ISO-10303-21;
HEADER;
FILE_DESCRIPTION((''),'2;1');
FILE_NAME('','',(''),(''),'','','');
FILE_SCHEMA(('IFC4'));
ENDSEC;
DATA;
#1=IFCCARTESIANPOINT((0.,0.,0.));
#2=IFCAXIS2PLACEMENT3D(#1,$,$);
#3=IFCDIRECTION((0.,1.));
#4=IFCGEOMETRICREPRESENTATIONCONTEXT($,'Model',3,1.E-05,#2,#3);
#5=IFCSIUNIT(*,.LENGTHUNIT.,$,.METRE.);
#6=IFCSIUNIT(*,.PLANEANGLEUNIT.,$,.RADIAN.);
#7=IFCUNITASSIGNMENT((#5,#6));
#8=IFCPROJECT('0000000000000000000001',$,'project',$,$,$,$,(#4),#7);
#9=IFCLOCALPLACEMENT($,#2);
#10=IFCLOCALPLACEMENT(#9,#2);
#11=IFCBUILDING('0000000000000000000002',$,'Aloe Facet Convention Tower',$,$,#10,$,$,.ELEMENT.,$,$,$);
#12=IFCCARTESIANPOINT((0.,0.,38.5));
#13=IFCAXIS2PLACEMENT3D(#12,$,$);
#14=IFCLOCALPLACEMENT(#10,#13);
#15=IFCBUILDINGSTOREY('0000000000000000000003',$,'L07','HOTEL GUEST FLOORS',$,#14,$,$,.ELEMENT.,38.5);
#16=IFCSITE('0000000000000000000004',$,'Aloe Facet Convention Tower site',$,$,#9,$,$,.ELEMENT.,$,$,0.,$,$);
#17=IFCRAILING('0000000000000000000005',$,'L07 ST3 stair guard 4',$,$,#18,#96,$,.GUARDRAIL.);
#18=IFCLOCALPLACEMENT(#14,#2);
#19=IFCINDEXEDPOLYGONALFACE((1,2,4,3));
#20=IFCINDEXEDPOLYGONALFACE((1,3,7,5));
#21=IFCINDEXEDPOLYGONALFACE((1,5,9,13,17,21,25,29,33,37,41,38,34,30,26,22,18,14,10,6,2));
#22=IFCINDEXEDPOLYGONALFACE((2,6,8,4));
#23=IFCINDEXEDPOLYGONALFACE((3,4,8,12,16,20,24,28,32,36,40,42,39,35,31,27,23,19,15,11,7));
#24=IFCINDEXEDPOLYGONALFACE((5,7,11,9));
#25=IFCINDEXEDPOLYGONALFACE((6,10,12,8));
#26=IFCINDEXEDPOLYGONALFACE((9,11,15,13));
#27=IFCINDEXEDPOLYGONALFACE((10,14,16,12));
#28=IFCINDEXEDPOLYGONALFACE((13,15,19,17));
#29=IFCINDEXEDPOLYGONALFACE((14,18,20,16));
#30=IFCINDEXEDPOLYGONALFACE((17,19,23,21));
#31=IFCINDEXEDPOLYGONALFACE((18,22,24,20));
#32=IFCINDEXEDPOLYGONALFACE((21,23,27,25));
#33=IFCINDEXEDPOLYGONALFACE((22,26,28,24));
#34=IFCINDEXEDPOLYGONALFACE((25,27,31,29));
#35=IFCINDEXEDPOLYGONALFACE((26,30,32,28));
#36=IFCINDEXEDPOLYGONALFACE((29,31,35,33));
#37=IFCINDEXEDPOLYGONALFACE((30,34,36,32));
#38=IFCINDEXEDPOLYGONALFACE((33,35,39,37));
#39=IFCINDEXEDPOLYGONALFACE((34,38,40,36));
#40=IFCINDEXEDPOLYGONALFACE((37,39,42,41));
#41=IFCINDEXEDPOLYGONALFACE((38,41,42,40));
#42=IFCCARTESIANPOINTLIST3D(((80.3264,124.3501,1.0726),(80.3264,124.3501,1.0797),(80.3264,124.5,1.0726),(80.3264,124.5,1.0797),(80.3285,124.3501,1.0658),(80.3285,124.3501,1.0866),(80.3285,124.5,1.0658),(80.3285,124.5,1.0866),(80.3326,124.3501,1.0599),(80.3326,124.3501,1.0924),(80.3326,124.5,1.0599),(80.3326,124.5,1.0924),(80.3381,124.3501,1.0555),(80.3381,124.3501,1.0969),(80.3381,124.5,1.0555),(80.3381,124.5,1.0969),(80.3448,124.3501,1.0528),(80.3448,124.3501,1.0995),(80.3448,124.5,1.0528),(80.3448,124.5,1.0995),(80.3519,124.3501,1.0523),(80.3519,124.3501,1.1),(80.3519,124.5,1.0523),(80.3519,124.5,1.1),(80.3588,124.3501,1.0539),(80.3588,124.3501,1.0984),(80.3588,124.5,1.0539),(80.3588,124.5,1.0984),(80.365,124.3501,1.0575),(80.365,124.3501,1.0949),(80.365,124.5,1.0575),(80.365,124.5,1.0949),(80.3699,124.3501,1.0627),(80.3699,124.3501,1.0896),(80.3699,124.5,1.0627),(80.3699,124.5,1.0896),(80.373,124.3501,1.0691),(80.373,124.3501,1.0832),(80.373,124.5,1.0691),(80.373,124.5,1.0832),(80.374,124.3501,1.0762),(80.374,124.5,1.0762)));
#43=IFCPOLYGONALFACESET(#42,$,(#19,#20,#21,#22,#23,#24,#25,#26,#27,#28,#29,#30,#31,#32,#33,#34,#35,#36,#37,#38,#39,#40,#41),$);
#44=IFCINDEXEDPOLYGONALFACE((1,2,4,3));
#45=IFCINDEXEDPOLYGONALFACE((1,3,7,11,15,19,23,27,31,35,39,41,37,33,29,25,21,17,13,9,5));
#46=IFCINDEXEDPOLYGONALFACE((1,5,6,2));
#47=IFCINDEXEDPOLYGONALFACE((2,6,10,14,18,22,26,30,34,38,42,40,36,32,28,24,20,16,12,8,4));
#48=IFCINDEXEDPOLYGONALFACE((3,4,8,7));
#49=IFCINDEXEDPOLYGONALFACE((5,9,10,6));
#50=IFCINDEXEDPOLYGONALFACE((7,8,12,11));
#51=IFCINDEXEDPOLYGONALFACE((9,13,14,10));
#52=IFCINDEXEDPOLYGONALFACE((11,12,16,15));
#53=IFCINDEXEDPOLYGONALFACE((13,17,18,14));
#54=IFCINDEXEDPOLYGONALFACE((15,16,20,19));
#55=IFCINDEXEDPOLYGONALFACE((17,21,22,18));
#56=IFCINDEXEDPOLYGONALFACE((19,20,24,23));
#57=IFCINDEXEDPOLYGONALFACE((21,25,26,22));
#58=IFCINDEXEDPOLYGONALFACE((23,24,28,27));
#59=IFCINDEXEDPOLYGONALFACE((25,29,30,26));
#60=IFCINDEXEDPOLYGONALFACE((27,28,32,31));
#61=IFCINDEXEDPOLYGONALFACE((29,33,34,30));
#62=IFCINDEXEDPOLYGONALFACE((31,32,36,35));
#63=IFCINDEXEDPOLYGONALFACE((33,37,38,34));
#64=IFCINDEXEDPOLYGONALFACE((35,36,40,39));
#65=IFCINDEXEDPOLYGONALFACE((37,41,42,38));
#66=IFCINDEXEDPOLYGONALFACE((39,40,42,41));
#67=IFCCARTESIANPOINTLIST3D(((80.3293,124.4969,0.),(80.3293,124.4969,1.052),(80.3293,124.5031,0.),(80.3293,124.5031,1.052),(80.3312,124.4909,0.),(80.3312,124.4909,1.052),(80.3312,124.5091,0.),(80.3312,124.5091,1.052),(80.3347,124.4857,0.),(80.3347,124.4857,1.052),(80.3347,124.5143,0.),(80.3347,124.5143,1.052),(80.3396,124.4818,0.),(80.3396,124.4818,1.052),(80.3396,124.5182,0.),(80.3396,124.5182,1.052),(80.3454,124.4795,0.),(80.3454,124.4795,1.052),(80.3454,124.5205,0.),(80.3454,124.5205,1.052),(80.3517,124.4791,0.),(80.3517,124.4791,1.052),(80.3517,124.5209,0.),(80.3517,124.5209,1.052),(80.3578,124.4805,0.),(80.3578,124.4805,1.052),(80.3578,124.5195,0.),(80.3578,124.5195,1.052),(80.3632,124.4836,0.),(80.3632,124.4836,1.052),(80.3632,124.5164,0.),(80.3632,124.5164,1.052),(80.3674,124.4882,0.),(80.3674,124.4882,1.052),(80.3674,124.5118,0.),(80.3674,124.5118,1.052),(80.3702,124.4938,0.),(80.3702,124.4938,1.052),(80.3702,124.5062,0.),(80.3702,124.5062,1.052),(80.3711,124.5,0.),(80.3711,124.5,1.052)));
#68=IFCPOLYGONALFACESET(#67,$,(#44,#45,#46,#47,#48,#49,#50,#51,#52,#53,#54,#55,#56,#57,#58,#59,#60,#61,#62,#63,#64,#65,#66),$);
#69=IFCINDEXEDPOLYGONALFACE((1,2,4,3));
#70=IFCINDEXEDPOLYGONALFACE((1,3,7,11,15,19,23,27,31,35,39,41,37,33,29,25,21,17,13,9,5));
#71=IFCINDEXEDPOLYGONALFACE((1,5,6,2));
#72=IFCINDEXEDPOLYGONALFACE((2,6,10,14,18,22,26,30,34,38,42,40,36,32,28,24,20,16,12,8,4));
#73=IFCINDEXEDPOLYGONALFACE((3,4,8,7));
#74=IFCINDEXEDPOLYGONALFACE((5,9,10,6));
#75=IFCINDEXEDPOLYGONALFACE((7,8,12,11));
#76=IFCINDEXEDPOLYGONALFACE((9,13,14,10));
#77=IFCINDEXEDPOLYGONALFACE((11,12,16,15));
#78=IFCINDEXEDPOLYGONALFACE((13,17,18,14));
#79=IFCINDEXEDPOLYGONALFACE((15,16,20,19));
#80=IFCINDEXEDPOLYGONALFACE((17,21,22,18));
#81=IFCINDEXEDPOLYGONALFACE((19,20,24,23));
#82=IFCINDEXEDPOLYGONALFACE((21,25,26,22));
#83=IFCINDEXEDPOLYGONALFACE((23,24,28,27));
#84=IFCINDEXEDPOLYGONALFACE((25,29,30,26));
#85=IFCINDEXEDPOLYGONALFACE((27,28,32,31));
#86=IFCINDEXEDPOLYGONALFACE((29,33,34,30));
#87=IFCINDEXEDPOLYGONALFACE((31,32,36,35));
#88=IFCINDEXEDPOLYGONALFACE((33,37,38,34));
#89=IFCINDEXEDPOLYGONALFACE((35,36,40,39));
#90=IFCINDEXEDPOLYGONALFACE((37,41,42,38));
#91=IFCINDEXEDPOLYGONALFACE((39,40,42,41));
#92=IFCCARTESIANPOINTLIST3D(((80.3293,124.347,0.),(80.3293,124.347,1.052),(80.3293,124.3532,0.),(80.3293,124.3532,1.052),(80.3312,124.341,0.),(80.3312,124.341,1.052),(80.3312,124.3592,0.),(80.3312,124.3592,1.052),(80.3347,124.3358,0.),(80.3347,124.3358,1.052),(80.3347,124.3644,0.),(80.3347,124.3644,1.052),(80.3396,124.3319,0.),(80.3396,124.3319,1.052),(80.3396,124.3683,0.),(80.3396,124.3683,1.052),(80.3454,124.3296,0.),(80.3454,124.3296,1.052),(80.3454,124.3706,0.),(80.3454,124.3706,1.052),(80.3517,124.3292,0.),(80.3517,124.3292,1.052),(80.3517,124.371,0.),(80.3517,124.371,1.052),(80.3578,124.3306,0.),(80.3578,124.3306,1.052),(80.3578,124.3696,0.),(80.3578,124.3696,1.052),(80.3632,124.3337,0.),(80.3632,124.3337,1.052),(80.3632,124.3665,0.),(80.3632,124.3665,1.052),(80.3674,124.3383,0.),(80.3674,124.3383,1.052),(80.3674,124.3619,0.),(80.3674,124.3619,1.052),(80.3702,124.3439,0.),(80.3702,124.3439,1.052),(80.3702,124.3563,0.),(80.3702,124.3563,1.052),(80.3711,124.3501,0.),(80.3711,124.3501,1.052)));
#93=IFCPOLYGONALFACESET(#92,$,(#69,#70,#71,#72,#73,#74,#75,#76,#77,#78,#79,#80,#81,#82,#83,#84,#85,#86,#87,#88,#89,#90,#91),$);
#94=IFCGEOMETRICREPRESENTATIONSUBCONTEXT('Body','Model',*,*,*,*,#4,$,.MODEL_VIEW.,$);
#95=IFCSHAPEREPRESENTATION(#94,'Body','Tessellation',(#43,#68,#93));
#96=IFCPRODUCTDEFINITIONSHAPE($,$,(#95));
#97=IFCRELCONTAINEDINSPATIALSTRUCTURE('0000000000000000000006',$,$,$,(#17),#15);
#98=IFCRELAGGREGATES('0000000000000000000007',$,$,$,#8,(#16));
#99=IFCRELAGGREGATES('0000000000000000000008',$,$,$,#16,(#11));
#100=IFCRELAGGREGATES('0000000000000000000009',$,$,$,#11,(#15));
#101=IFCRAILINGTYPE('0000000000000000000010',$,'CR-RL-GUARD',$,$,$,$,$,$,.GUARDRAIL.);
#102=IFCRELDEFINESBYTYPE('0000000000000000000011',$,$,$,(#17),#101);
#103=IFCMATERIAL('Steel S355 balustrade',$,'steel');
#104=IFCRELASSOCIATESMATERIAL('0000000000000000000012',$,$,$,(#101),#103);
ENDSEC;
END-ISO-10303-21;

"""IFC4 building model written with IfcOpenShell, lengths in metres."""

from ifc_helpers import new_model, si_unit, direction, frame, origin, origin_2d, place, context, subcontext, project, spatial, circle, extrude, material, type_object, element, save


model = new_model("IFC4")

# Units and contexts
model_context = context("Model", 3, precision=1e-05, world=origin(), true_north=direction((0.0, 1.0)))
body_context = subcontext(model_context, "Body", "Model", "MODEL_VIEW")
ifc_project = project(units=[si_unit("LENGTHUNIT", "METRE"), si_unit("PLANEANGLEUNIT", "RADIAN")], contexts=[model_context])

# Site, building, storey
site_placement = place(None, origin())
site = spatial("IfcSite", under=ifc_project, at=site_placement, Name="Aloe Facet Convention Tower site", CompositionType="ELEMENT", RefElevation=0.0)
building_placement = place(site_placement, origin())
building = spatial("IfcBuilding", under=site, at=building_placement, Name="Aloe Facet Convention Tower", CompositionType="ELEMENT")
storey_placement = place(building_placement, frame((0.0, 0.0, 38.5)))
storey = spatial("IfcBuildingStorey", under=building, at=storey_placement, Name="L07", Description="HOTEL GUEST FLOORS", CompositionType="ELEMENT", Elevation=38.5)

# Railing
ifc_material_1 = material(Name="Steel S355 balustrade", Category="steel")
railing_type_1 = type_object("IfcRailingType", Name="CR-RL-GUARD", PredefinedType="GUARDRAIL", material=ifc_material_1)
railing_1_placement = place(storey_placement, frame((80.3501, 124.5, 0.0)))
element("IfcRailing", 1, at=railing_1_placement, inside=storey, type_object=railing_type_1, Name="L07 ST3 stair guard 4", PredefinedType="GUARDRAIL", context=body_context, shape_type="SweptSolid", body=[
    extrude(circle(Radius=0.0239, at=origin_2d()), frame((0.0, 0.0, 1.0762), z_axis=(0.0, -1.0, 0.0), x_axis=(1.0, 0.0, 0.0)), (0.0, 0.0, 1.0), 0.1499),
    extrude(circle(Radius=0.021, at=origin_2d()), origin(), (0.0, 0.0, 1.0), 1.052),
    extrude(circle(Radius=0.021, at=origin_2d()), frame((0.0, -0.1499, 0.0)), (0.0, 0.0, 1.0), 1.052),
])

save(model, "model.ifc")
